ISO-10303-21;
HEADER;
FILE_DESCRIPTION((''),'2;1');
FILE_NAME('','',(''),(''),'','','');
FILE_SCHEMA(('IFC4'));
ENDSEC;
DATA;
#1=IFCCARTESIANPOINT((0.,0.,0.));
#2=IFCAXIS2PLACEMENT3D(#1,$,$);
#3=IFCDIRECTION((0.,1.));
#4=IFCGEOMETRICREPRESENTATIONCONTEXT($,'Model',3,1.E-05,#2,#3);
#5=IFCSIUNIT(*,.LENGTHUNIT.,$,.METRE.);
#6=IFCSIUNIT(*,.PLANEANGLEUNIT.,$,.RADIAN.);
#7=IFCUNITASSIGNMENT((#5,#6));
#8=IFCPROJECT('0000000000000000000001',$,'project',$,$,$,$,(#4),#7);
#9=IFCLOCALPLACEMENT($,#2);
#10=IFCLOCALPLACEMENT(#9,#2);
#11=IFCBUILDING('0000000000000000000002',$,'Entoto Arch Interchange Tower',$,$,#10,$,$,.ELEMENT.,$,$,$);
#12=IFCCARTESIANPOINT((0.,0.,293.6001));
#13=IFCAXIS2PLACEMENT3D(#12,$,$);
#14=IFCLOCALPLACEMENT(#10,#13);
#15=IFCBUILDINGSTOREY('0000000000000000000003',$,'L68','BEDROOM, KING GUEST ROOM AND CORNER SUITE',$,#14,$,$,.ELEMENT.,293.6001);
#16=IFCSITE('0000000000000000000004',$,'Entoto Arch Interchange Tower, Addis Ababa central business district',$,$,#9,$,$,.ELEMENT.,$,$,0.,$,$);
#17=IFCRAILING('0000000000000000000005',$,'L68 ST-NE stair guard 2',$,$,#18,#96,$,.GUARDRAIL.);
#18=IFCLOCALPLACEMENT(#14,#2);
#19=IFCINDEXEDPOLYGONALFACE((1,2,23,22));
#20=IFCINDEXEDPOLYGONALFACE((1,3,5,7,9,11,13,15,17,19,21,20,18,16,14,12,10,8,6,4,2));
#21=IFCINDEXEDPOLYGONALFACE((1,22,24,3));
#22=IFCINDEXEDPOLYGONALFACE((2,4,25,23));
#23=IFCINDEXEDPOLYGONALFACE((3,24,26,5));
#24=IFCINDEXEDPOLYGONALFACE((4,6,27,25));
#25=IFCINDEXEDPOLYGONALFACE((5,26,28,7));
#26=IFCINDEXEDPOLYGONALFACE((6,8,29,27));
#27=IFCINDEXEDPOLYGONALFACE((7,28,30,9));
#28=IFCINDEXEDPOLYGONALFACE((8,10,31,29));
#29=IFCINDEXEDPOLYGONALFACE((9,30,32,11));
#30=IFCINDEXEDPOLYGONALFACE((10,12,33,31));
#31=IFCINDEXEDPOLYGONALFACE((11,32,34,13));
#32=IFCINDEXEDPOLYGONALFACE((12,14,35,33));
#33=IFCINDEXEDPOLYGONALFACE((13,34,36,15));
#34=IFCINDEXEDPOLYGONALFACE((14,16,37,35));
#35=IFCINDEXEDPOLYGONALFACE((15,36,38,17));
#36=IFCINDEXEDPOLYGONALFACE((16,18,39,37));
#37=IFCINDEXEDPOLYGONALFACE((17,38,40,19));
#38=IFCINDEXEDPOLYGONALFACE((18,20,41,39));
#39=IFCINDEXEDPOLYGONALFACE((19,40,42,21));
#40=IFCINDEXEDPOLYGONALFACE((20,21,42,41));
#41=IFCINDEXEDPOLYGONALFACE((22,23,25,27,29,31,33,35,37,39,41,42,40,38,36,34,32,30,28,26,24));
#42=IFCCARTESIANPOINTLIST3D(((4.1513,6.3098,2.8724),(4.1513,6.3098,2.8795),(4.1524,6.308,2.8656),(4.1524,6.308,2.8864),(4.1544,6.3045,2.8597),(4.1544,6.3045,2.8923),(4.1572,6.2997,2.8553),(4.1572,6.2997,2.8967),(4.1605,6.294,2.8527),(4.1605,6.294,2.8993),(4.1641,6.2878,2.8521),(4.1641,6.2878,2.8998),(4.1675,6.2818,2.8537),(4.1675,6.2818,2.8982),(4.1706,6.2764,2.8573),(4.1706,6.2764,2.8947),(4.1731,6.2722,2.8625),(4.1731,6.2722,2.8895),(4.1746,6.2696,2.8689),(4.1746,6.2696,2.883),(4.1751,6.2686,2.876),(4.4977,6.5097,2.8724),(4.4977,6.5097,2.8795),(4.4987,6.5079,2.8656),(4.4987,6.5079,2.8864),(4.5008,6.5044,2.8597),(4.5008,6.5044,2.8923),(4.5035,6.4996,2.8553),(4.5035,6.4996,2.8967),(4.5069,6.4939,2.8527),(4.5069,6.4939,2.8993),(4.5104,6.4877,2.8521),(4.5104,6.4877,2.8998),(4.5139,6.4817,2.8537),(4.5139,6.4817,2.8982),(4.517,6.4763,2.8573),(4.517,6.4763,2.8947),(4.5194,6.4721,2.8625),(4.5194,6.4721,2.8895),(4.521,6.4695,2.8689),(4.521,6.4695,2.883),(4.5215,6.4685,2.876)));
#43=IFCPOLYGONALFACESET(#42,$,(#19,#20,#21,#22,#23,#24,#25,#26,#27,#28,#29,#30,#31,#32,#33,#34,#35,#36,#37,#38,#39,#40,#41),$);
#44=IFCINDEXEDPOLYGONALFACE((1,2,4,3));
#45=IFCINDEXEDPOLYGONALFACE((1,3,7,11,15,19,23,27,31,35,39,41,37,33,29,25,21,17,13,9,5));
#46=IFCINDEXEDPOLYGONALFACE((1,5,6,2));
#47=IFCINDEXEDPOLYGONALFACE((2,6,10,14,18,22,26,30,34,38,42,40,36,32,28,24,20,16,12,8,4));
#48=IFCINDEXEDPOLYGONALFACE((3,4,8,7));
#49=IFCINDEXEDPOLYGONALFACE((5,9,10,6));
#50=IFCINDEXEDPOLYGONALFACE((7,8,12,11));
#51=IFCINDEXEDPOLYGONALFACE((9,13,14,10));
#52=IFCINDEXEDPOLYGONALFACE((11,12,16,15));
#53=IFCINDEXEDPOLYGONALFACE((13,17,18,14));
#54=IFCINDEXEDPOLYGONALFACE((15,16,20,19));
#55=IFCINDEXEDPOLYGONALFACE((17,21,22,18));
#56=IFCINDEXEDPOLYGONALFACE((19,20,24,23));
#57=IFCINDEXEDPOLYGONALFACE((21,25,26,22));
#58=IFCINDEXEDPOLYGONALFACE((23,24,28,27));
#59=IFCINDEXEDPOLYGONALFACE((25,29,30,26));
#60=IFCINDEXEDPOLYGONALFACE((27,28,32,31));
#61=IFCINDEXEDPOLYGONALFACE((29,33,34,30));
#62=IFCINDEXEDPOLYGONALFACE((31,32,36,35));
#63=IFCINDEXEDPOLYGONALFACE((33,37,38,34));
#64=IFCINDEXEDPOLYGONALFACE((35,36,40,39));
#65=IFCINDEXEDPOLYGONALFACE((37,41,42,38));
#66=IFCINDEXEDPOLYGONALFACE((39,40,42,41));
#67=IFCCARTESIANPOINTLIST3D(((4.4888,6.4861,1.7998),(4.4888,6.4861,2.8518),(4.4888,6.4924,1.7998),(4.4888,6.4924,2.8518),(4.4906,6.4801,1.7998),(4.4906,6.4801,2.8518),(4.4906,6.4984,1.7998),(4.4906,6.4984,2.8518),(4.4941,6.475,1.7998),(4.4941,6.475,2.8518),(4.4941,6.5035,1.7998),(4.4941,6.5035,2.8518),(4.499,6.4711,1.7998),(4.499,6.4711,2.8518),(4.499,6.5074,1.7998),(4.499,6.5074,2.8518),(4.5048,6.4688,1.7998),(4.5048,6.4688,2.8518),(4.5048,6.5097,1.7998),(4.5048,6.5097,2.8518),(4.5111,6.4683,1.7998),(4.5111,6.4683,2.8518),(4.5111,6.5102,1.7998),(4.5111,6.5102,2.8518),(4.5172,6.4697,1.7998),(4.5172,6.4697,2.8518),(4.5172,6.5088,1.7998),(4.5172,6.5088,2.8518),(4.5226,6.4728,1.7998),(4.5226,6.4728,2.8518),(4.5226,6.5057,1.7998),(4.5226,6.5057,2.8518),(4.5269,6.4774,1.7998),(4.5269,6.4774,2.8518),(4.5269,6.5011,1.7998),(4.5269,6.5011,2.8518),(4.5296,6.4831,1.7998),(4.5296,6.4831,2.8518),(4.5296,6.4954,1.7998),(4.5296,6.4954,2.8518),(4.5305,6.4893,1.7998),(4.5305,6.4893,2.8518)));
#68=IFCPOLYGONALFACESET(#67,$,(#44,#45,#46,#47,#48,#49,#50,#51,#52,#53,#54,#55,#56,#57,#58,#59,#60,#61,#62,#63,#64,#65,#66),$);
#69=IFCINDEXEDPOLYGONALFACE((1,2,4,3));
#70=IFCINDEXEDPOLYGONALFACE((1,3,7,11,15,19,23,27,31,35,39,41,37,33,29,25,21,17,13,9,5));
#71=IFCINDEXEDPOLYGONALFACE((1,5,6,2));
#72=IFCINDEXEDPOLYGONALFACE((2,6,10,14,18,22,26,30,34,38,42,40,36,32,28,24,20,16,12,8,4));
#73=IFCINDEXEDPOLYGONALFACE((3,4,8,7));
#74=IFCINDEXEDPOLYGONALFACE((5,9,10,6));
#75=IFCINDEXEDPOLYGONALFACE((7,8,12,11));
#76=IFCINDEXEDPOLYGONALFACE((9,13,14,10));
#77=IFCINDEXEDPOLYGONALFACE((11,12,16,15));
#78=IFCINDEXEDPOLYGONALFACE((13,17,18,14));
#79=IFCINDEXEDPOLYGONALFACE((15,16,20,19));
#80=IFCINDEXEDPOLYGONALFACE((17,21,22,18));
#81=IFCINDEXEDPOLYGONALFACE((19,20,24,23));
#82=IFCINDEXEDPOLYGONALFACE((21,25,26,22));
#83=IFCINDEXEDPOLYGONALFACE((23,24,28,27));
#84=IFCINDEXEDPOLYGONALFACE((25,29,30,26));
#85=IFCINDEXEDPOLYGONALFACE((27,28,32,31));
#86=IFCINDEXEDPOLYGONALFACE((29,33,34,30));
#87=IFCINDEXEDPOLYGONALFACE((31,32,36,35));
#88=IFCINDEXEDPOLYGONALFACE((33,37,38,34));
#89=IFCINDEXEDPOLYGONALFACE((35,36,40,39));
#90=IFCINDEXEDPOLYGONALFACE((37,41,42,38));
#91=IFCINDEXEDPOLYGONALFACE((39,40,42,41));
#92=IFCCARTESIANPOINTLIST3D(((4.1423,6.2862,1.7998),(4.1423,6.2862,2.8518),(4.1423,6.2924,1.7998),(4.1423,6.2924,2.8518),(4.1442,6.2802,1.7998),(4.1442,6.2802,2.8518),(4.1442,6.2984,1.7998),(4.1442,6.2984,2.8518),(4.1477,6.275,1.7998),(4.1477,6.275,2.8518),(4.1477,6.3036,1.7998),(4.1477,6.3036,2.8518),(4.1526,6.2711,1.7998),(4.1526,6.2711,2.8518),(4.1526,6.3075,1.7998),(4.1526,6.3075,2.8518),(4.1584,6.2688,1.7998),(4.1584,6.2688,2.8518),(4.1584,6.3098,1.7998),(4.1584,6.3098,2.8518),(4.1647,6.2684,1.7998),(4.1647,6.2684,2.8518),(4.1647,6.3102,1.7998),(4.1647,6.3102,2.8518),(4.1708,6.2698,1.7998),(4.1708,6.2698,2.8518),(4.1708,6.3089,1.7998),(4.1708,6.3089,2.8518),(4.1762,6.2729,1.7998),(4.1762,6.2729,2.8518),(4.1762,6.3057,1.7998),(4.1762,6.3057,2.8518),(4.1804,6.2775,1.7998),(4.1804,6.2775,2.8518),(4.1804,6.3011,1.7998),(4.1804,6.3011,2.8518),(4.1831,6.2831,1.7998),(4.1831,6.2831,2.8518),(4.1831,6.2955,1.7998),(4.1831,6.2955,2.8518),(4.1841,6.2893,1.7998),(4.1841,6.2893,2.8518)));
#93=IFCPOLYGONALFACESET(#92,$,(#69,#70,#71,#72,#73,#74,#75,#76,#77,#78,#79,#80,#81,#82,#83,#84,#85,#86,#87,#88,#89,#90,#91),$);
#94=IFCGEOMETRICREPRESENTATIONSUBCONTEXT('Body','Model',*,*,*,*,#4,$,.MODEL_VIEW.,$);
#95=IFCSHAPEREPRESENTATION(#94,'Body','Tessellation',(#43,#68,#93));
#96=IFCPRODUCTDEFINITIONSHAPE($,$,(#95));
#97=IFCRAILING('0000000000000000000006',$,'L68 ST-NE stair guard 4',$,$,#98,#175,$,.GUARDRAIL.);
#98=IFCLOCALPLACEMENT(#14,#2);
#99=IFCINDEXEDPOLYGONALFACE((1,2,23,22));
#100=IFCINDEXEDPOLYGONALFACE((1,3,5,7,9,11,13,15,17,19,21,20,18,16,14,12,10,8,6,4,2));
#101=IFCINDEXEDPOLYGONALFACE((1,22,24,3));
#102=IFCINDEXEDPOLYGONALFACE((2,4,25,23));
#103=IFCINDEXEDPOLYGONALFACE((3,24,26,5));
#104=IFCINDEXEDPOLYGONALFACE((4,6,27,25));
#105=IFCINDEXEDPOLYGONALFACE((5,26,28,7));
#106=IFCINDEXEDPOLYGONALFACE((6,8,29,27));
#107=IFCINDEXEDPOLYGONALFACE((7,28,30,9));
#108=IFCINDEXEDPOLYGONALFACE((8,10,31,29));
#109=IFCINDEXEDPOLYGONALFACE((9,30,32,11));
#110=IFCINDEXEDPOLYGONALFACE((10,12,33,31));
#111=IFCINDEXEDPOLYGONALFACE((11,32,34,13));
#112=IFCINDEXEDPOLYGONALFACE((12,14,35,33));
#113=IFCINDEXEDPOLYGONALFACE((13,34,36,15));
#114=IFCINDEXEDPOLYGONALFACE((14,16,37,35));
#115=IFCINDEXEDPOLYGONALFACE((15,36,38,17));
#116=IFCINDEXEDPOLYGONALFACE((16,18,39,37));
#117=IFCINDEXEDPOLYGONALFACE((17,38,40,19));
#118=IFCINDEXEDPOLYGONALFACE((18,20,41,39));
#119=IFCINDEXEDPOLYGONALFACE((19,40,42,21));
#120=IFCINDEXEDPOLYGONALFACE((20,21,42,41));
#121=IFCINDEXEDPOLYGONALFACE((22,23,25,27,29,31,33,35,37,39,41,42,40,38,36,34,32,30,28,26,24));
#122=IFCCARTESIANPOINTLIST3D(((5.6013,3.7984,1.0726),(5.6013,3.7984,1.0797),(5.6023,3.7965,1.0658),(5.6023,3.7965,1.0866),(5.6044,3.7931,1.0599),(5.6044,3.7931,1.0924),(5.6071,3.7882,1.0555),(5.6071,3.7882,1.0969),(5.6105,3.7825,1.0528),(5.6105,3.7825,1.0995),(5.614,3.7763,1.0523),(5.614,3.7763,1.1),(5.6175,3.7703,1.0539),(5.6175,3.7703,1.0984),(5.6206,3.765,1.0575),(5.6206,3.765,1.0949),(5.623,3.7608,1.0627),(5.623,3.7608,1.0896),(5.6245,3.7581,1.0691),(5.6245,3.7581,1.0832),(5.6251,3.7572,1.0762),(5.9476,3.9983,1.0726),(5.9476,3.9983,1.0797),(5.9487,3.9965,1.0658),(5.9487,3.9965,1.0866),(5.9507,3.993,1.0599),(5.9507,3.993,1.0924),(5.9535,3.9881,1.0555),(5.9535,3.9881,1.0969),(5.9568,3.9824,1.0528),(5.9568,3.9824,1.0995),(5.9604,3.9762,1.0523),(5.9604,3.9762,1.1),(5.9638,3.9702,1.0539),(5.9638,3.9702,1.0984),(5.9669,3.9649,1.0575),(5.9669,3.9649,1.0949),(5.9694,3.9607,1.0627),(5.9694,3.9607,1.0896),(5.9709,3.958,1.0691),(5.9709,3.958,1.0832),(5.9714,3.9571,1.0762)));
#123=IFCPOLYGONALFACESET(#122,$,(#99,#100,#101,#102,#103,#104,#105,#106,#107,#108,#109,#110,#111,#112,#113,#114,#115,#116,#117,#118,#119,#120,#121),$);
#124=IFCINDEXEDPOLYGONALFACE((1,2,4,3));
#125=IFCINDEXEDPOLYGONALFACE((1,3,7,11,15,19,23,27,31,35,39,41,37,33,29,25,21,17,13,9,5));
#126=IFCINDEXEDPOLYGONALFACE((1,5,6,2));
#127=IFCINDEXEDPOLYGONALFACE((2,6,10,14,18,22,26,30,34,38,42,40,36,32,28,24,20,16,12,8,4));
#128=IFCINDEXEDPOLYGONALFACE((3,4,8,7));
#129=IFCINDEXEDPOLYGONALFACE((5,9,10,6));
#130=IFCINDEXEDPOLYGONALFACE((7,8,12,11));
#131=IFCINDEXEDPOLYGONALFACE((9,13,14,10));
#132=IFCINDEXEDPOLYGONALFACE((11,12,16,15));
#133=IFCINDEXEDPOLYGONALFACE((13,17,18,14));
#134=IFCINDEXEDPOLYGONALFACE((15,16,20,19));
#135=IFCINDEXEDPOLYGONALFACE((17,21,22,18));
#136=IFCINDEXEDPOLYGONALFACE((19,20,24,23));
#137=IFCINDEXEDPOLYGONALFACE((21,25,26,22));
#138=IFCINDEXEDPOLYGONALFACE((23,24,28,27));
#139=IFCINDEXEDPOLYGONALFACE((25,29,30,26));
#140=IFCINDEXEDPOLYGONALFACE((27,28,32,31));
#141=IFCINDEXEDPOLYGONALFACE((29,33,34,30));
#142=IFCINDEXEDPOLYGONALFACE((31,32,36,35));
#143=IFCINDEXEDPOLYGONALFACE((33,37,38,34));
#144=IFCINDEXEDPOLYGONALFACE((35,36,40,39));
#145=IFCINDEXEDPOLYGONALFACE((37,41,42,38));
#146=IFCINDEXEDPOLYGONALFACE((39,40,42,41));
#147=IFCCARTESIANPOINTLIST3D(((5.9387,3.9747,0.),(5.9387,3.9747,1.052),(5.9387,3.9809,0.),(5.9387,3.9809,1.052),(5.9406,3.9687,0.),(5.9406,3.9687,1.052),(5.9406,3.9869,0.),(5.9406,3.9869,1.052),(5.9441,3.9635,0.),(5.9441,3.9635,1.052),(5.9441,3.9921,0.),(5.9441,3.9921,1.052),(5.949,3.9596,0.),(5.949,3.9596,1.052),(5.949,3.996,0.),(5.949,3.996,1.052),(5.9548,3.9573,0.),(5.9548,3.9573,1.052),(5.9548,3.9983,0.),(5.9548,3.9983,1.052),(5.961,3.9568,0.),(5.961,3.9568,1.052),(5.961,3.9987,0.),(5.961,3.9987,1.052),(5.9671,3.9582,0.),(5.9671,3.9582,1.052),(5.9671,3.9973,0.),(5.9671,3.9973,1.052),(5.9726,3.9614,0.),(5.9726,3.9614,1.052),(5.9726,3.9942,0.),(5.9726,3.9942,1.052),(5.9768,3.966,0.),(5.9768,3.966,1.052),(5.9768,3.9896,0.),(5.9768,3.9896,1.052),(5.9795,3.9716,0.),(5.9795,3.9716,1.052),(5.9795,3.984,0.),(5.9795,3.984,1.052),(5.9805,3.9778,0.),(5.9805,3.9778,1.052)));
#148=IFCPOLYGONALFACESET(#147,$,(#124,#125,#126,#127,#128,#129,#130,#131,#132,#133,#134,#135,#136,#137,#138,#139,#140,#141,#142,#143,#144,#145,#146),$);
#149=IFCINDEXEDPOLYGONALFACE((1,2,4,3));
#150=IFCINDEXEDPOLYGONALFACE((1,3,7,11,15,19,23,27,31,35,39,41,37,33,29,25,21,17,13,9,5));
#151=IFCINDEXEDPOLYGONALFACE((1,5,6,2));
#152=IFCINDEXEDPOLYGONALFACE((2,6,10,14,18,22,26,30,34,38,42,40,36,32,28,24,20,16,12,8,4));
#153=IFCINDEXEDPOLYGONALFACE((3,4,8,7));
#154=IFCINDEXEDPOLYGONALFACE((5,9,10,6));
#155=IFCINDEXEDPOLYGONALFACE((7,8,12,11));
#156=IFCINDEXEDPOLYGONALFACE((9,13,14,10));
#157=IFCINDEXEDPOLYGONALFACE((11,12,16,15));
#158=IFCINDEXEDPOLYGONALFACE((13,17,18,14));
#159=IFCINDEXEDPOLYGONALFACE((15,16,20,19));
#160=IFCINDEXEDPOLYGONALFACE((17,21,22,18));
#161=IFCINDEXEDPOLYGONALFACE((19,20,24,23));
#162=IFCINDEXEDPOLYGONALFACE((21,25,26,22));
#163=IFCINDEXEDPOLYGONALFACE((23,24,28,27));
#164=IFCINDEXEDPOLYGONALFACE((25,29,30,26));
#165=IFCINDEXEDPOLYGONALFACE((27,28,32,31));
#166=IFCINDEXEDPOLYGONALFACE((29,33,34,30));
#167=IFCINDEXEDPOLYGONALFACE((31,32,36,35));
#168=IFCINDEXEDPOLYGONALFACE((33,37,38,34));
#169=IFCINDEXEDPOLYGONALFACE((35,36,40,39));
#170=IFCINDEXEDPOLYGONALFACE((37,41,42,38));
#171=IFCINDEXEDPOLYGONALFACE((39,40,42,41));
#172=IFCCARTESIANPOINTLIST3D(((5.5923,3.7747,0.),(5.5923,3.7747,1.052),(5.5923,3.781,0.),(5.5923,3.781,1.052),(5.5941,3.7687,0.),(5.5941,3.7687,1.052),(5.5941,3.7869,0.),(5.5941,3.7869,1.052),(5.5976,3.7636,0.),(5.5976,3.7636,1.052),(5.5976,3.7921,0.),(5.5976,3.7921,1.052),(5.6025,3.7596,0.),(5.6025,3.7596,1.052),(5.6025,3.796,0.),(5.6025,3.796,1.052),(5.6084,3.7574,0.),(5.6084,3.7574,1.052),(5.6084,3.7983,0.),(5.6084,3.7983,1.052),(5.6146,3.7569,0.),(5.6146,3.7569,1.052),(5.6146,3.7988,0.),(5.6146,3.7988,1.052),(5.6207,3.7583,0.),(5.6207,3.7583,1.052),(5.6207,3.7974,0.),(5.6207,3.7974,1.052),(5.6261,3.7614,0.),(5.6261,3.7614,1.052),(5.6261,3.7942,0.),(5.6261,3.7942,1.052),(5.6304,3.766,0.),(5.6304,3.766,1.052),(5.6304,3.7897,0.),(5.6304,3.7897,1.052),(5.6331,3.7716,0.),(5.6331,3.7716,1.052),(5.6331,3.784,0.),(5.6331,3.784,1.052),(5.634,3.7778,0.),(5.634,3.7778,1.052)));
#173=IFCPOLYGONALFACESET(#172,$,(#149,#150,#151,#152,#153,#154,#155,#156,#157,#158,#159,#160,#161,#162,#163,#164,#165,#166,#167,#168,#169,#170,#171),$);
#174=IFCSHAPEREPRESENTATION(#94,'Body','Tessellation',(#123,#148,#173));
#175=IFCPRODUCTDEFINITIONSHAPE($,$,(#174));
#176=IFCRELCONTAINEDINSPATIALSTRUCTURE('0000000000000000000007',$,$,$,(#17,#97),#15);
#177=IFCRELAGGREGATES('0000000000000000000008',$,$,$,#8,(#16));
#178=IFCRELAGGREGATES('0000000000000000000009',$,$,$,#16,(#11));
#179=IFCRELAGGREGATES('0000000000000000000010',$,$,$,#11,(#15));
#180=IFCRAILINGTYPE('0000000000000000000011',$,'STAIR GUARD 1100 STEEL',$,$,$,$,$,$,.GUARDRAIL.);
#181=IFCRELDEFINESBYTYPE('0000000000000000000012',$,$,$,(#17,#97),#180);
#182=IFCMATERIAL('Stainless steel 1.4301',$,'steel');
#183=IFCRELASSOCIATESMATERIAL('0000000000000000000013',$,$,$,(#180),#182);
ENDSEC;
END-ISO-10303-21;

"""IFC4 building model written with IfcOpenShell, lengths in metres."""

from ifc_helpers import new_model, si_unit, direction, frame, origin, origin_2d, place, context, subcontext, project, spatial, circle, extrude, material, type_object, element, save


model = new_model("IFC4")

# Units and contexts
model_context = context("Model", 3, precision=1e-05, world=origin(), true_north=direction((0.0, 1.0)))
body_context = subcontext(model_context, "Body", "Model", "MODEL_VIEW")
ifc_project = project(units=[si_unit("LENGTHUNIT", "METRE"), si_unit("PLANEANGLEUNIT", "RADIAN")], contexts=[model_context])

# Site, building, storey
site_placement = place(None, origin())
site = spatial("IfcSite", under=ifc_project, at=site_placement, Name="Entoto Arch Interchange Tower, Addis Ababa central business district", CompositionType="ELEMENT", RefElevation=0.0)
building_placement = place(site_placement, origin())
building = spatial("IfcBuilding", under=site, at=building_placement, Name="Entoto Arch Interchange Tower", CompositionType="ELEMENT")
storey_placement = place(building_placement, frame((0.0, 0.0, 293.6001)))
storey = spatial("IfcBuildingStorey", under=building, at=storey_placement, Name="L68", Description="BEDROOM, KING GUEST ROOM AND CORNER SUITE", CompositionType="ELEMENT", Elevation=293.6001)

# Railings
ifc_material_1 = material(Name="Stainless steel 1.4301", Category="steel")
railing_type_1 = type_object("IfcRailingType", Name="STAIR GUARD 1100 STEEL", PredefinedType="GUARDRAIL", material=ifc_material_1)
for number, where, name in (
    (1, (4.5095, 6.4893, 1.7998), "L68 ST-NE stair guard 2"),
    (2, (5.9595, 3.9778, 0.0), "L68 ST-NE stair guard 4"),
):
    element("IfcRailing", number, at=place(storey_placement, frame(where)), inside=storey, type_object=railing_type_1, Name=name, PredefinedType="GUARDRAIL", context=body_context, shape_type="SweptSolid", body=[
        extrude(circle(Radius=0.0239, at=origin_2d()), frame((0.0, 0.0, 1.0762), z_axis=(-0.866094, -0.499881, 0.0), x_axis=(0.499881, -0.866094, 0.0)), (0.0, 0.0, 1.0), 0.3999),
        extrude(circle(Radius=0.021, at=origin_2d()), origin(), (0.0, 0.0, 1.0), 1.052),
        extrude(circle(Radius=0.021, at=origin_2d()), frame((-0.3464, -0.2, 0.0)), (0.0, 0.0, 1.0), 1.052),
    ])

save(model, "model.ifc")
